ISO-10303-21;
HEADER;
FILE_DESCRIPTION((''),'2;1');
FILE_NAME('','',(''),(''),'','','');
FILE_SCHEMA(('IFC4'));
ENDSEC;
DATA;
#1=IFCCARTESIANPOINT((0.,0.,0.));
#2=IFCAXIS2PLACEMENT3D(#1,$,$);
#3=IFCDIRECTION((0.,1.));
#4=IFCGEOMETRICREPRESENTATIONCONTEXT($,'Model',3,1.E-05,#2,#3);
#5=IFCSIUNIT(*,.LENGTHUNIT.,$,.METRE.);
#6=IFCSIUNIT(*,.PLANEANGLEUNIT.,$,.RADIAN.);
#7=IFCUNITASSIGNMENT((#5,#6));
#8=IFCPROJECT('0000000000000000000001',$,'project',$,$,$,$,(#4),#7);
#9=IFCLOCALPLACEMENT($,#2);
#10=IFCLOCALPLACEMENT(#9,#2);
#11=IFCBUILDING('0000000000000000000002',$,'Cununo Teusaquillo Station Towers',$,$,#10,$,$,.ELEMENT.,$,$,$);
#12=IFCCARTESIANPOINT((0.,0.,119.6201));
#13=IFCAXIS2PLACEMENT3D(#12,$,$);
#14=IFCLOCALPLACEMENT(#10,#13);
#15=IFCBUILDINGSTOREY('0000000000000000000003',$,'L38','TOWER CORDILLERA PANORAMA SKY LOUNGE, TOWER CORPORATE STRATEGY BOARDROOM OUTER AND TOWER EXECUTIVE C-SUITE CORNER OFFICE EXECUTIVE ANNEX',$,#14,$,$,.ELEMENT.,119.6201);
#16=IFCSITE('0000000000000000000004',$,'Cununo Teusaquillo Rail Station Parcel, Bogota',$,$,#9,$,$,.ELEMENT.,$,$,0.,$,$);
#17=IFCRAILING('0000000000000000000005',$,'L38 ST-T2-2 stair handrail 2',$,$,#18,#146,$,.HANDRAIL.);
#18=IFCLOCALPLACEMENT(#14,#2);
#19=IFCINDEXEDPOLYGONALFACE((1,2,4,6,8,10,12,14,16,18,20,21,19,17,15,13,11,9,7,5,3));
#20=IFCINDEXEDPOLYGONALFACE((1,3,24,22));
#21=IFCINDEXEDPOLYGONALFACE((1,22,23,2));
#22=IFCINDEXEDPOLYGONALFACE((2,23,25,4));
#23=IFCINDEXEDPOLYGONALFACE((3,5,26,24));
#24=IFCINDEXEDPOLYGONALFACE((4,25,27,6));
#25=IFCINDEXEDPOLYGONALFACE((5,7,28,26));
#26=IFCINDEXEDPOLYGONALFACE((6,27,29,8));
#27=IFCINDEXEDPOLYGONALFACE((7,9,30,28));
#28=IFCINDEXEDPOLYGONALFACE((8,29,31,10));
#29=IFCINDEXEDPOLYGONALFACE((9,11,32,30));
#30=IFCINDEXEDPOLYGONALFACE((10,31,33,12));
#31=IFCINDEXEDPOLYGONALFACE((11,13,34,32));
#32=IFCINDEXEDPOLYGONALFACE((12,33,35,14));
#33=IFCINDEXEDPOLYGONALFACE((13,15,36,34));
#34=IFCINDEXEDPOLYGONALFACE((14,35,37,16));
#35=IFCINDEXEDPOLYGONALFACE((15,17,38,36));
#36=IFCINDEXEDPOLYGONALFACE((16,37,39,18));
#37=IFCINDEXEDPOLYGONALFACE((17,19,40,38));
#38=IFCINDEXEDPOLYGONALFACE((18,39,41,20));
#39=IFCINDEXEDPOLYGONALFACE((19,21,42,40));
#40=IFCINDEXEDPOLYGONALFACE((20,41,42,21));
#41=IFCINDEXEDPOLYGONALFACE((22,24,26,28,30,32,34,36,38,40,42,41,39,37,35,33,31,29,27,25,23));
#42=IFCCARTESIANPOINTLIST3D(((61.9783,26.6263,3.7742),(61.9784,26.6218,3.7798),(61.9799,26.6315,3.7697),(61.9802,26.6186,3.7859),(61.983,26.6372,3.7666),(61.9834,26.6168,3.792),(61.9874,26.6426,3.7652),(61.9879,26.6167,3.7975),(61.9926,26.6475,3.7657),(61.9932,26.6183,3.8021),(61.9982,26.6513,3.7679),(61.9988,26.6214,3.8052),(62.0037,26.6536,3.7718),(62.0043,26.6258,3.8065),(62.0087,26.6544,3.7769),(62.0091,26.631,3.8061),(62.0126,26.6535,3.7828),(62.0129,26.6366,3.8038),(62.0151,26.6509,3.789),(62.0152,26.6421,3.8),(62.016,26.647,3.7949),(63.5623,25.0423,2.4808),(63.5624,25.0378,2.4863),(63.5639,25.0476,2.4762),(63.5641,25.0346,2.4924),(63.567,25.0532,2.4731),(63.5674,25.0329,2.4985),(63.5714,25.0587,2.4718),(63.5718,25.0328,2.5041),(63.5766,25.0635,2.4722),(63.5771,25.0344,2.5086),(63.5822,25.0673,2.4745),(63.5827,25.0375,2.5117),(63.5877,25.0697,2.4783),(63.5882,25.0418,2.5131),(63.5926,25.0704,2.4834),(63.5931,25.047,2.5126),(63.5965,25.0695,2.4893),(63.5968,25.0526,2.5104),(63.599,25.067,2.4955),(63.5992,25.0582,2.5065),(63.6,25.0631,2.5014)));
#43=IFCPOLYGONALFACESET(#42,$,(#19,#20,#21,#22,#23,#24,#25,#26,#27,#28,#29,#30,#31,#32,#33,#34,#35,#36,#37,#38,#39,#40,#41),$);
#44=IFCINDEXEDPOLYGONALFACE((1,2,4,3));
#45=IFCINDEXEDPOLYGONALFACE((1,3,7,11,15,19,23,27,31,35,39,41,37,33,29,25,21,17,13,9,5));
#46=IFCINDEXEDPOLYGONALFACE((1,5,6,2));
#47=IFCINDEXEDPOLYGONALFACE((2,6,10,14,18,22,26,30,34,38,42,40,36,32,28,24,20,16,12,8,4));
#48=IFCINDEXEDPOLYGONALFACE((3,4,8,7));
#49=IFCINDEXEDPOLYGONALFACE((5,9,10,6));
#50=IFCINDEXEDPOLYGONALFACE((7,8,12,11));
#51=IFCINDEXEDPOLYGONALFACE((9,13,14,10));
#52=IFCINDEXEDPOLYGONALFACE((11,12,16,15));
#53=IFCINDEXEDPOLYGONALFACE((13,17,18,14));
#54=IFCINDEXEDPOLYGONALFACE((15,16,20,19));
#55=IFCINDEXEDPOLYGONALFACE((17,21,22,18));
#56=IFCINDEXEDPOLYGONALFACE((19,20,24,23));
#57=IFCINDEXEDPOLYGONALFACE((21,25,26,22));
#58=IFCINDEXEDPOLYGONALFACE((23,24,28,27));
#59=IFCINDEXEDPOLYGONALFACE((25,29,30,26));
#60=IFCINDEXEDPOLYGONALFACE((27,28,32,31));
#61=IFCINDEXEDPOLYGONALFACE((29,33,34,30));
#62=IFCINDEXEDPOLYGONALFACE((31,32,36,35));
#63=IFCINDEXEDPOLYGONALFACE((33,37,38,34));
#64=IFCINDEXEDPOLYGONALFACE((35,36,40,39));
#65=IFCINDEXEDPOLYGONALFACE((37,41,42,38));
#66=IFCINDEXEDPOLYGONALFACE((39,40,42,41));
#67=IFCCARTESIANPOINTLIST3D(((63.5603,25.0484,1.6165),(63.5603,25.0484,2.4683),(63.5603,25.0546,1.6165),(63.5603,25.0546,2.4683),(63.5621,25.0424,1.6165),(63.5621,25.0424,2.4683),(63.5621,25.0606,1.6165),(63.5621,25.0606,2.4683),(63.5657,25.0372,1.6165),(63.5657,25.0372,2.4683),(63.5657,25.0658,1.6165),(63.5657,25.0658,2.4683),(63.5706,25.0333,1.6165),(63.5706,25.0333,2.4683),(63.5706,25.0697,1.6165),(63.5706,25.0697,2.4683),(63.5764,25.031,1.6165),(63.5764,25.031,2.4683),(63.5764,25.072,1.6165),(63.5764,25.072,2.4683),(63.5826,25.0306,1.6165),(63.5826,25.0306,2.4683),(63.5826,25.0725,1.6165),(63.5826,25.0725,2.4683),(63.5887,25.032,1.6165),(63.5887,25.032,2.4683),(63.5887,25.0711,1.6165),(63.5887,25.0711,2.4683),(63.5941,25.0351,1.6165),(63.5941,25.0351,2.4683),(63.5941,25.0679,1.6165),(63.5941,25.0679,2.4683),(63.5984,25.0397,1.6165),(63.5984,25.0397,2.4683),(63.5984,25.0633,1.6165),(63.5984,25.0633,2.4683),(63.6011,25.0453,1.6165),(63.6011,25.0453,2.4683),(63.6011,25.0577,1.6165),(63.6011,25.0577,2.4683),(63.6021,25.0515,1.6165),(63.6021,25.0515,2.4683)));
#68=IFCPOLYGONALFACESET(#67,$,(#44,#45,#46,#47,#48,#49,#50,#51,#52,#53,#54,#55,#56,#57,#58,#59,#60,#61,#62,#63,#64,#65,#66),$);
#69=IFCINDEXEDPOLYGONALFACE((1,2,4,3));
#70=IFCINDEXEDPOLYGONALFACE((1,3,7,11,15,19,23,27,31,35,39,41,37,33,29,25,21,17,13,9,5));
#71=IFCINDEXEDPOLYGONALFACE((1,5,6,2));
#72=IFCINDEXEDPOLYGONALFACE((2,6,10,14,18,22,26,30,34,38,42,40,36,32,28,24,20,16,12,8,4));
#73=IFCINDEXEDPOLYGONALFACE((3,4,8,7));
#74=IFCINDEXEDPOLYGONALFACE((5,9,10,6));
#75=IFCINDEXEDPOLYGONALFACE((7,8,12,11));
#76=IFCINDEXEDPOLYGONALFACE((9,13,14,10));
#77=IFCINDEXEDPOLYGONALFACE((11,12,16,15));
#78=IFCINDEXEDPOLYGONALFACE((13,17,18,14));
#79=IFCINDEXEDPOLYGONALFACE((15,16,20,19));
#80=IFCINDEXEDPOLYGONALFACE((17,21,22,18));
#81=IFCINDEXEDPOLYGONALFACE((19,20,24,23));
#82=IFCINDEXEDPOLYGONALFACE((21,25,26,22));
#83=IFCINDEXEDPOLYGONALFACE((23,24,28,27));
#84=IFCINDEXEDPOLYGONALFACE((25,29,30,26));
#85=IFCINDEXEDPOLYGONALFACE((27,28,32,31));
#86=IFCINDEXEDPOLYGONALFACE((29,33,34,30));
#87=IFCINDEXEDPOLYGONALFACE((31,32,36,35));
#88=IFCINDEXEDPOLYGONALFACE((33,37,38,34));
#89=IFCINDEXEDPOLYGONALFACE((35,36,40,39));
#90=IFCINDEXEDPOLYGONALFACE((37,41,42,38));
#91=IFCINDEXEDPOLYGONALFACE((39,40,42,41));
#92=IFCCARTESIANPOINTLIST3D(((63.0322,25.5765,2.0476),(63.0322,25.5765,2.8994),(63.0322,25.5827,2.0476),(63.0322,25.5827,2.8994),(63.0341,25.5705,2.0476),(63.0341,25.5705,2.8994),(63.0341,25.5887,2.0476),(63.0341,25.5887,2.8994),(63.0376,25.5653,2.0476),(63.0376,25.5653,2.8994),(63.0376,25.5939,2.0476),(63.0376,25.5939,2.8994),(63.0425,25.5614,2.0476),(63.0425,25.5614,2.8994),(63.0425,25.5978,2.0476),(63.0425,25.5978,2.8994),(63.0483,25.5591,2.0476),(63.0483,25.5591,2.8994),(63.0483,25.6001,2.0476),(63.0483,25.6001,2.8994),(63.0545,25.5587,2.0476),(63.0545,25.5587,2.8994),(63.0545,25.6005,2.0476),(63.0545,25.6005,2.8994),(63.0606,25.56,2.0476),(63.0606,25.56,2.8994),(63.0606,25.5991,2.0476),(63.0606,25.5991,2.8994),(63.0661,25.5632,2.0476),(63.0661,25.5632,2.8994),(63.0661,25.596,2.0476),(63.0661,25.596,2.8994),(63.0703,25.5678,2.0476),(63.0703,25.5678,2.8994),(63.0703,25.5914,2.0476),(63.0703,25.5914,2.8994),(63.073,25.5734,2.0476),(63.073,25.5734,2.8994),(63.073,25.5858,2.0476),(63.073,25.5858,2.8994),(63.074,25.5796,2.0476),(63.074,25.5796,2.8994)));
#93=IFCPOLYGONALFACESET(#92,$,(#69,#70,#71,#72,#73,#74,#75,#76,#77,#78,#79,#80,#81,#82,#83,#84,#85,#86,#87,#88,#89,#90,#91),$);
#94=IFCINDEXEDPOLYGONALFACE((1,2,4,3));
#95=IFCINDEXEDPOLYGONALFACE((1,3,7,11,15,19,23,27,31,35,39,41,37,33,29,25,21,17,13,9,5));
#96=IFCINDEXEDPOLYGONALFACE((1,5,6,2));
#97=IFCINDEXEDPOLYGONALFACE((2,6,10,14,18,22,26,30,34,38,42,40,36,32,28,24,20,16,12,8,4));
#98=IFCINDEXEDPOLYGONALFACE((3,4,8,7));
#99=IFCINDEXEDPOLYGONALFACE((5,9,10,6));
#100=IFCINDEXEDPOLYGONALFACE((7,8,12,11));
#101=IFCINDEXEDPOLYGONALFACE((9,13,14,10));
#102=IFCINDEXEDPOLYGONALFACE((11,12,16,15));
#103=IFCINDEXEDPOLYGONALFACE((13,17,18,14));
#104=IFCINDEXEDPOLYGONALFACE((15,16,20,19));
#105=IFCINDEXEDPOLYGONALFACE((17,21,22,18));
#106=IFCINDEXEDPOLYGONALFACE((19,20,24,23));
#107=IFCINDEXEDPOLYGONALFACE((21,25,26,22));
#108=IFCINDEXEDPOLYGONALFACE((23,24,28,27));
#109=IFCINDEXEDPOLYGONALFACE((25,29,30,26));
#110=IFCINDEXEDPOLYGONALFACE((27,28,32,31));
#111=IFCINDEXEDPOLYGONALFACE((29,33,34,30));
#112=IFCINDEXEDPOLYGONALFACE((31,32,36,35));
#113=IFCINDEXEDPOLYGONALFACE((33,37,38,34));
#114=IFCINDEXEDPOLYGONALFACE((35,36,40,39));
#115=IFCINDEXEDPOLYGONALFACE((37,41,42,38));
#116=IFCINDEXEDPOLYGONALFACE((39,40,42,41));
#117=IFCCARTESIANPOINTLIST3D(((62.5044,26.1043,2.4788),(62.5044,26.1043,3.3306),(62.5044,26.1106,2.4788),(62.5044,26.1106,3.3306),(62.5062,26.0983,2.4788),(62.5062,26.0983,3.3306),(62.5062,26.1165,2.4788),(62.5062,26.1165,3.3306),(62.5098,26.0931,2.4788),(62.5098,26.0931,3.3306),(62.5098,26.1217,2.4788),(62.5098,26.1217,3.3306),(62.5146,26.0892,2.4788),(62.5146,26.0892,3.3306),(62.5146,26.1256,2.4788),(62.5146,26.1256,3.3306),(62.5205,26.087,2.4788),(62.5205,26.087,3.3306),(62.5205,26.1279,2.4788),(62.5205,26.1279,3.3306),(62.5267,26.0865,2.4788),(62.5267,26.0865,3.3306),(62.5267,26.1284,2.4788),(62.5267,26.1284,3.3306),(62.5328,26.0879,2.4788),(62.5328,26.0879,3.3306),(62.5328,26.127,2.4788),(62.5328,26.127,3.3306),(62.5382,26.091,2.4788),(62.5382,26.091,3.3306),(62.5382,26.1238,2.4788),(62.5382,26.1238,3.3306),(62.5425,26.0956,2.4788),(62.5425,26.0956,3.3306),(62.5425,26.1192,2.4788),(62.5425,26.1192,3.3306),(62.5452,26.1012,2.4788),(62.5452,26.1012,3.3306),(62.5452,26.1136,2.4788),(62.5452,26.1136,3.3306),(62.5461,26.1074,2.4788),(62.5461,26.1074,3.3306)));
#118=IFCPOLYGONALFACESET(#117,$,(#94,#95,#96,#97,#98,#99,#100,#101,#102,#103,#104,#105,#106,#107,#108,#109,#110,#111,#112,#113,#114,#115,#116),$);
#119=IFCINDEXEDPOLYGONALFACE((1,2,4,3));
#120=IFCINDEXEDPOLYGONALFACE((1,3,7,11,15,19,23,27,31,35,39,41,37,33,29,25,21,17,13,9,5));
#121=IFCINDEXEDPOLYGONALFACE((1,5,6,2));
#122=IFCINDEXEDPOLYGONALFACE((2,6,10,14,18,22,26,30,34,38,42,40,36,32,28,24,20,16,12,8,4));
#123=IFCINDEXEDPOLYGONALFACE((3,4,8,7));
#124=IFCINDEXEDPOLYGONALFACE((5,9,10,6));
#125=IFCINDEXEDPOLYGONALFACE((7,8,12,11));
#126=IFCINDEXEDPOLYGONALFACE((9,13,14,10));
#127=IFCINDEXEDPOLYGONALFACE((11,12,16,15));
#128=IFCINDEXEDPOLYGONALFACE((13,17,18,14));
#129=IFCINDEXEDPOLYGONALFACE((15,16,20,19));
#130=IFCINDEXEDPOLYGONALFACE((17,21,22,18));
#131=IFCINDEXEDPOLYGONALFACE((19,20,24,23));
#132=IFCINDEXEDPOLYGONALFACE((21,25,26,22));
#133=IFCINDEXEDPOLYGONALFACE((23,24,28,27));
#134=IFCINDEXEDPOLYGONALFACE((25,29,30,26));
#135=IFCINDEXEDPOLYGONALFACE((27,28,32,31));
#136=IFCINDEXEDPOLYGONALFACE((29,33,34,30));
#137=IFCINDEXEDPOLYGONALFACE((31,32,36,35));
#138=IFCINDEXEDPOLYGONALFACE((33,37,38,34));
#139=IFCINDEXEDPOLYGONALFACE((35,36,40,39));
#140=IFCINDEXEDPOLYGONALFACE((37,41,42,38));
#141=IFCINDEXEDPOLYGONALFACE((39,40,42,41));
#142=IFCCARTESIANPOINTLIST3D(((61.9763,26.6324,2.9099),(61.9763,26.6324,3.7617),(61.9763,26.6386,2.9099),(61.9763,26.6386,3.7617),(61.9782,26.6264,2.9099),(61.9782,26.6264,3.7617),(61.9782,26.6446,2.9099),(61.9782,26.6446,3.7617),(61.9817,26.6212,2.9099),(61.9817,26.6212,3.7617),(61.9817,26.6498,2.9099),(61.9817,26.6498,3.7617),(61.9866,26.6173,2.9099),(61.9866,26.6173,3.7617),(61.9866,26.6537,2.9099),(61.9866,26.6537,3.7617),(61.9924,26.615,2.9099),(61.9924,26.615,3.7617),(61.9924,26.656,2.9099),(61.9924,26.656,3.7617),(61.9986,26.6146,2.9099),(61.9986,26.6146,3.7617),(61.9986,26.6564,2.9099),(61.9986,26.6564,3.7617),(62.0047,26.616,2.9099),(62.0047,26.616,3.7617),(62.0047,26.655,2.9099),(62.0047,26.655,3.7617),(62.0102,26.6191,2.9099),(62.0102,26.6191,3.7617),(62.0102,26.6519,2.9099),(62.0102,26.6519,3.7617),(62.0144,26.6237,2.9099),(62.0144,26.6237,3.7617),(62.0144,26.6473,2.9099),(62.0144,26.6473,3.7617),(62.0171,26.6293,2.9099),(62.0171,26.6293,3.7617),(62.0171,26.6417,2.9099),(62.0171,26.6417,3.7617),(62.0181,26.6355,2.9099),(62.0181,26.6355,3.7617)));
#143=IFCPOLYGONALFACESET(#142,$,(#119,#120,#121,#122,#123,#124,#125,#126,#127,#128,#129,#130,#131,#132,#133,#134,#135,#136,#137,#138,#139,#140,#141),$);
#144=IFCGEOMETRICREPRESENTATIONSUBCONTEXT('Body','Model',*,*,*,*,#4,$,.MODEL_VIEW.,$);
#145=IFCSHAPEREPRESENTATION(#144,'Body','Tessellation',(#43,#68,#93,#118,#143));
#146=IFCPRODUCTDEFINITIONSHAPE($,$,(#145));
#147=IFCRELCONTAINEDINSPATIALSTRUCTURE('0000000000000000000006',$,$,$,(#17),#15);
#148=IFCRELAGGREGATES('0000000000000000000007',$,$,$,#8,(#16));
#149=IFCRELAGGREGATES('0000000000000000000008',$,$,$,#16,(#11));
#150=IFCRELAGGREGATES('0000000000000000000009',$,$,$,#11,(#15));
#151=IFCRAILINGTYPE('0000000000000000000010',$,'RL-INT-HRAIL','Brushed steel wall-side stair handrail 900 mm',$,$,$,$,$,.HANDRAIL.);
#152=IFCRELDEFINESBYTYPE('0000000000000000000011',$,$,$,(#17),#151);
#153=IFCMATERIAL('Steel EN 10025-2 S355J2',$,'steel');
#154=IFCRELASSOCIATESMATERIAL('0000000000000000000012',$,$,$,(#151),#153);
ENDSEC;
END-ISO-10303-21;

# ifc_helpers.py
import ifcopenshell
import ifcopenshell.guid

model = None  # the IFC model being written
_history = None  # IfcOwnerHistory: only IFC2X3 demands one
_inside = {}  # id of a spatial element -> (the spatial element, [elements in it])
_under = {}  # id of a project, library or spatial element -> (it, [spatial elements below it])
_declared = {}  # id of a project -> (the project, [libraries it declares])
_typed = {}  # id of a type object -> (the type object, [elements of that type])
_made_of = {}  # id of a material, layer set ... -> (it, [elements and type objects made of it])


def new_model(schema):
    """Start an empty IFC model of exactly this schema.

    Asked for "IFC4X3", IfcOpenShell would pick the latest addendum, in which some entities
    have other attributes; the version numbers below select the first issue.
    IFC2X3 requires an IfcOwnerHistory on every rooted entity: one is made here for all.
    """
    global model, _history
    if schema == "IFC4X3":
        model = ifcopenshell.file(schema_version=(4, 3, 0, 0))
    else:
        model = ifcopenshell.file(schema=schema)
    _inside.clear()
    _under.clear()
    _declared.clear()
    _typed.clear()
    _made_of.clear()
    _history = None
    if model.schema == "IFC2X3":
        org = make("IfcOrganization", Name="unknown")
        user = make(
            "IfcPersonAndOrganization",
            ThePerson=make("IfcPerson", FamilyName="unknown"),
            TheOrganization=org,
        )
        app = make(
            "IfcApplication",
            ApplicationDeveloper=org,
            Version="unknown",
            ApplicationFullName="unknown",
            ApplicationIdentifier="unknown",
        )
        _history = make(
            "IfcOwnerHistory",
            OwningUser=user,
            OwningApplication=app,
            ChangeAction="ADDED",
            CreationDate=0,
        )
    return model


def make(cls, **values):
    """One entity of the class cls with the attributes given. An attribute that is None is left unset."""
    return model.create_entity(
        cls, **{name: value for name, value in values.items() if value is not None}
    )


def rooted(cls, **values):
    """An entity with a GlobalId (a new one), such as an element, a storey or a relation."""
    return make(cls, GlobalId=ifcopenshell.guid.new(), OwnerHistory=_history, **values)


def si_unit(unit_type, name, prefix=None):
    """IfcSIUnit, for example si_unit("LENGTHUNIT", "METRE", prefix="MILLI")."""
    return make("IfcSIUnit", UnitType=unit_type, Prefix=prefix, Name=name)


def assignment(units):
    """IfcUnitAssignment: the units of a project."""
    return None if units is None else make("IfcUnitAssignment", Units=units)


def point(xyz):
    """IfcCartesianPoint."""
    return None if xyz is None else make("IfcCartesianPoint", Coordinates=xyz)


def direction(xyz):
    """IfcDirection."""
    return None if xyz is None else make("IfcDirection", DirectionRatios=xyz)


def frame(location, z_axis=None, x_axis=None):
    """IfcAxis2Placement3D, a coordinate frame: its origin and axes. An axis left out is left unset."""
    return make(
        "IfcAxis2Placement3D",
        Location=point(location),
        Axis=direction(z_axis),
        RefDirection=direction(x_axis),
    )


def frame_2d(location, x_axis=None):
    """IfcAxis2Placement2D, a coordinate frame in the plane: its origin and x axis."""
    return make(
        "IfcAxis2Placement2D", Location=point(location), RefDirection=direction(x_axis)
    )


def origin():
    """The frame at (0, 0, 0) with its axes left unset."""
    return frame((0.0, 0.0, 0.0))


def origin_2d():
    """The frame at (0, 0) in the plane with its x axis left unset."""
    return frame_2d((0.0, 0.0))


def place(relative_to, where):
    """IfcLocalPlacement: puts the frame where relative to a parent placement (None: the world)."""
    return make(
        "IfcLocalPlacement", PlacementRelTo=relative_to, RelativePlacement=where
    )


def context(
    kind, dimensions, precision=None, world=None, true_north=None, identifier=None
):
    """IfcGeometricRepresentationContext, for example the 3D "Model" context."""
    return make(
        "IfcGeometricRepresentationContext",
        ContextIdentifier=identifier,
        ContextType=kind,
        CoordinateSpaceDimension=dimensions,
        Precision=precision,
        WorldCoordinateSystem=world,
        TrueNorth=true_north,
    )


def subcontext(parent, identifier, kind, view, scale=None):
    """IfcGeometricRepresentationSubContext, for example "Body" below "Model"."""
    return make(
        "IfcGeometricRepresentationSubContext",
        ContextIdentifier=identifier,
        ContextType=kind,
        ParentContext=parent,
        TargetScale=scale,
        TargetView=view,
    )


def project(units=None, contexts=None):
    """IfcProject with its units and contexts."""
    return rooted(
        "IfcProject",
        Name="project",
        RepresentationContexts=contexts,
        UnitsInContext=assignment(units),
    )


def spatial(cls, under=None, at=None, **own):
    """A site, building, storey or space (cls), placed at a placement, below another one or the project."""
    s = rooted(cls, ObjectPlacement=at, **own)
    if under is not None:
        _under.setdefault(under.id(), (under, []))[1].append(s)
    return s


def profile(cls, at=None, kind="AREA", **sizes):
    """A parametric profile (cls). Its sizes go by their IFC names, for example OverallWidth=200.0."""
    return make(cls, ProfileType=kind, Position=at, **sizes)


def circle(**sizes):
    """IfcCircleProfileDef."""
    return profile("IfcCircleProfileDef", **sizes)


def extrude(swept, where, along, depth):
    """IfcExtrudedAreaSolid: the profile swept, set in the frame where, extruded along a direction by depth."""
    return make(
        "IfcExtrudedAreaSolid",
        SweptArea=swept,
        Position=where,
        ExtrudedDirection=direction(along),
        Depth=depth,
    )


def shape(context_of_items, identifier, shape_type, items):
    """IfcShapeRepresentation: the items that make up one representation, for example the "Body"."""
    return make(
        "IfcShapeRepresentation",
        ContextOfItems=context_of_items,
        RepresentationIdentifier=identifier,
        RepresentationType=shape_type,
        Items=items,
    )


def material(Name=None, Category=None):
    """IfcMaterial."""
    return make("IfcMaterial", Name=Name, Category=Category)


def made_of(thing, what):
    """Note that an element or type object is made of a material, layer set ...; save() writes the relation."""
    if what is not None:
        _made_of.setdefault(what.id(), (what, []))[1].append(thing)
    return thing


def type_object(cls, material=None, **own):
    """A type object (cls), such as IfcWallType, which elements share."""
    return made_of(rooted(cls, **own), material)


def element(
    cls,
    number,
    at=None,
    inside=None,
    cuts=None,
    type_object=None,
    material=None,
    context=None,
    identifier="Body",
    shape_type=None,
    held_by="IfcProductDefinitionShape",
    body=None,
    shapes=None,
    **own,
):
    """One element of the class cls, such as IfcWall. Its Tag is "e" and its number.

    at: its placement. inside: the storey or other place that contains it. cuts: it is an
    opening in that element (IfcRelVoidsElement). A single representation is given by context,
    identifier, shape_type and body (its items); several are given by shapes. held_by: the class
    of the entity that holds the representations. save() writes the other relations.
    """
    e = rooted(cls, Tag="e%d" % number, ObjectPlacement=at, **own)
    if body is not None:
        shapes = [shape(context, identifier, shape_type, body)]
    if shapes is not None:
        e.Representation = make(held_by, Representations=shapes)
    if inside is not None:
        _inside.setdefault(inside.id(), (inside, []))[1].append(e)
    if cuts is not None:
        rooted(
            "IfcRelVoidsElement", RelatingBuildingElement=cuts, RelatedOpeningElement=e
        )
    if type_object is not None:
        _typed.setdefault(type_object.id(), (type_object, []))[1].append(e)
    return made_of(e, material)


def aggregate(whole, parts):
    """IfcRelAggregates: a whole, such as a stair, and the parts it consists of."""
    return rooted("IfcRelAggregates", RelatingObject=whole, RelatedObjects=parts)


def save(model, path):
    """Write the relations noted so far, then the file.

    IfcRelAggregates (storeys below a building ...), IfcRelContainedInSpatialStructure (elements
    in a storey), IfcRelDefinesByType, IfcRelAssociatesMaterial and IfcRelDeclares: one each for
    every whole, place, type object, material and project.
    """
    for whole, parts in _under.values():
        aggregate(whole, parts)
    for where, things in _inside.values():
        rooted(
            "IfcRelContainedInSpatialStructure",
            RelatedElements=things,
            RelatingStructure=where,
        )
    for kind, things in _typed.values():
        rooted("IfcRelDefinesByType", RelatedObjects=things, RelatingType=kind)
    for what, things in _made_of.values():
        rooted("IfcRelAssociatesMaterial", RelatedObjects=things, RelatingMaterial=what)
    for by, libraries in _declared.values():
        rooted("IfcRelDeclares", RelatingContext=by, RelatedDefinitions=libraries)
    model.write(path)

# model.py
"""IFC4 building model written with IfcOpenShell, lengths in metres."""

from ifc_helpers import new_model, si_unit, direction, frame, origin, origin_2d, place, context, subcontext, project, spatial, circle, extrude, material, type_object, element, save


model = new_model("IFC4")

# Units and contexts
model_context = context("Model", 3, precision=1e-05, world=origin(), true_north=direction((0.0, 1.0)))
body_context = subcontext(model_context, "Body", "Model", "MODEL_VIEW")
ifc_project = project(units=[si_unit("LENGTHUNIT", "METRE"), si_unit("PLANEANGLEUNIT", "RADIAN")], contexts=[model_context])

# Site, building, storey
site_placement = place(None, origin())
site = spatial("IfcSite", under=ifc_project, at=site_placement, Name="Cununo Teusaquillo Rail Station Parcel, Bogota", CompositionType="ELEMENT", RefElevation=0.0)
building_placement = place(site_placement, origin())
building = spatial("IfcBuilding", under=site, at=building_placement, Name="Cununo Teusaquillo Station Towers", CompositionType="ELEMENT")
storey_placement = place(building_placement, frame((0.0, 0.0, 119.6201)))
storey = spatial("IfcBuildingStorey", under=building, at=storey_placement, Name="L38", Description="TOWER CORDILLERA PANORAMA SKY LOUNGE, TOWER CORPORATE STRATEGY BOARDROOM OUTER AND TOWER EXECUTIVE C-SUITE CORNER OFFICE EXECUTIVE ANNEX", CompositionType="ELEMENT", Elevation=119.6201)

# Railing
ifc_material_1 = material(Name="Steel EN 10025-2 S355J2", Category="steel")
railing_type_1 = type_object("IfcRailingType", Name="RL-INT-HRAIL", Description="Brushed steel wall-side stair handrail 900 mm", PredefinedType="HANDRAIL", material=ifc_material_1)
railing_1_placement = place(storey_placement, frame((63.5811, 25.0515, 1.6165)))
element("IfcRailing", 1, at=railing_1_placement, inside=storey, type_object=railing_type_1, Name="L38 ST-T2-2 stair handrail 2", PredefinedType="HANDRAIL", context=body_context, shape_type="SweptSolid", body=[
    extrude(circle(Radius=0.0239, at=origin_2d()), frame((0.0, 0.0, 0.876), z_axis=(-0.612356, 0.612356, 0.50004), x_axis=(-0.707107, -0.707107, 0.0)), (0.0, 0.0, 1.0), 2.5867),
    extrude(circle(Radius=0.021, at=origin_2d()), origin(), (0.0, 0.0, 1.0), 0.8518),
    extrude(circle(Radius=0.021, at=origin_2d()), frame((-0.5281, 0.5281, 0.4312)), (0.0, 0.0, 1.0), 0.8518),
    extrude(circle(Radius=0.021, at=origin_2d()), frame((-1.0559, 1.0559, 0.8623)), (0.0, 0.0, 1.0), 0.8518),
    extrude(circle(Radius=0.021, at=origin_2d()), frame((-1.584, 1.584, 1.2935)), (0.0, 0.0, 1.0), 0.8518),
])

save(model, "model.ifc")
